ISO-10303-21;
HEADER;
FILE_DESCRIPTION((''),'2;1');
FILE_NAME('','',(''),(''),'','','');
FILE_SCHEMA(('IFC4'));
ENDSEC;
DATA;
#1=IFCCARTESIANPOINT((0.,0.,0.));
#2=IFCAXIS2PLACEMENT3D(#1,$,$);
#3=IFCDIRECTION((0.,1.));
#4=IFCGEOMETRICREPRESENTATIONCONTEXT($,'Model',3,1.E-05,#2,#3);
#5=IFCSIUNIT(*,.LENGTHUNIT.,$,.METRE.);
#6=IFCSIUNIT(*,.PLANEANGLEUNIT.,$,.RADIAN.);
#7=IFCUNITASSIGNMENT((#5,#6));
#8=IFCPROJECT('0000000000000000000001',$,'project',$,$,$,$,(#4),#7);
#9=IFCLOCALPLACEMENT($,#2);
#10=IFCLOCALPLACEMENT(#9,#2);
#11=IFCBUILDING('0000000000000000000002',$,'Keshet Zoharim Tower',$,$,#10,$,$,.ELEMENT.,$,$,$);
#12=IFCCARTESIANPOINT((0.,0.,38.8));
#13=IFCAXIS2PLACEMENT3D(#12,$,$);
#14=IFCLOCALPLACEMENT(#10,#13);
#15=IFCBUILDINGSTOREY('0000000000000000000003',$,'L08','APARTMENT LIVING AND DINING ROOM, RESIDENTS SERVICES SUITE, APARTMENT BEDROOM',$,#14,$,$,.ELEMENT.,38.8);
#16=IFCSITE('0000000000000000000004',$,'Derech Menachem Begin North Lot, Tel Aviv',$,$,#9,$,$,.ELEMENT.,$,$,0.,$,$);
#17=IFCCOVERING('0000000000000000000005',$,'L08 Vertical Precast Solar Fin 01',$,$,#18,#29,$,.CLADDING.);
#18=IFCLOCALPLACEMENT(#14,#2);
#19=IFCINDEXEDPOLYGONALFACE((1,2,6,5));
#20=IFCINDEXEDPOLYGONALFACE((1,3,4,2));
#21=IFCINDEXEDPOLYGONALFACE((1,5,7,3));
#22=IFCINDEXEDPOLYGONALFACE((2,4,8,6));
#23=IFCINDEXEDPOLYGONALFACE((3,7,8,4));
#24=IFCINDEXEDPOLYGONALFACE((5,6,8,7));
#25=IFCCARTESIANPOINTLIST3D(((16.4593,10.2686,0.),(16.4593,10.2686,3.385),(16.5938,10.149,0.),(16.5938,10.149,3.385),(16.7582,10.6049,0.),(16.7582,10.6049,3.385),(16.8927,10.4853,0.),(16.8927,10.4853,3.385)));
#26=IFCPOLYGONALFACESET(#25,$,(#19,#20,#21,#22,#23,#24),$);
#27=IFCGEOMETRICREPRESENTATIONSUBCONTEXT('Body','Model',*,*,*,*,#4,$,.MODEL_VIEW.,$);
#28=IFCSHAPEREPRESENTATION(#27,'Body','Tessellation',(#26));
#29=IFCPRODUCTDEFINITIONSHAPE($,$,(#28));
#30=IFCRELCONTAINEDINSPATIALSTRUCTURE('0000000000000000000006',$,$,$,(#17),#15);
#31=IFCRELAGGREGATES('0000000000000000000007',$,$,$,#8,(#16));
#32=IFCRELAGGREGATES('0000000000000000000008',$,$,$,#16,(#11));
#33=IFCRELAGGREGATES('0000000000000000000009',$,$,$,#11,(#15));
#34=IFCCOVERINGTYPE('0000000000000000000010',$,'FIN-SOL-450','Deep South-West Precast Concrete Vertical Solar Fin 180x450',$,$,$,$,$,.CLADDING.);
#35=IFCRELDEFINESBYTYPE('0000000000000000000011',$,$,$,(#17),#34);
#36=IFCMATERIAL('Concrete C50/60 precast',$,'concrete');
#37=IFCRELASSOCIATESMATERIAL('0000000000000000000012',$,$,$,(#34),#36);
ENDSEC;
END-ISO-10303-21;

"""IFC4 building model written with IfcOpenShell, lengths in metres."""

from ifc_helpers import new_model, si_unit, direction, frame, origin, origin_2d, place, context, subcontext, project, spatial, rectangle, extrude, material, type_object, element, save


model = new_model("IFC4")

# Units and contexts
model_context = context("Model", 3, precision=1e-05, world=origin(), true_north=direction((0.0, 1.0)))
body_context = subcontext(model_context, "Body", "Model", "MODEL_VIEW")
ifc_project = project(units=[si_unit("LENGTHUNIT", "METRE"), si_unit("PLANEANGLEUNIT", "RADIAN")], contexts=[model_context])

# Site, building, storey
site_placement = place(None, origin())
site = spatial("IfcSite", under=ifc_project, at=site_placement, Name="Derech Menachem Begin North Lot, Tel Aviv", CompositionType="ELEMENT", RefElevation=0.0)
building_placement = place(site_placement, origin())
building = spatial("IfcBuilding", under=site, at=building_placement, Name="Keshet Zoharim Tower", CompositionType="ELEMENT")
storey_placement = place(building_placement, frame((0.0, 0.0, 38.8)))
storey = spatial("IfcBuildingStorey", under=building, at=storey_placement, Name="L08", Description="APARTMENT LIVING AND DINING ROOM, RESIDENTS SERVICES SUITE, APARTMENT BEDROOM", CompositionType="ELEMENT", Elevation=38.8)

# Covering
ifc_material_1 = material(Name="Concrete C50/60 precast", Category="concrete")
covering_type = type_object("IfcCoveringType", Name="FIN-SOL-450", Description="Deep South-West Precast Concrete Vertical Solar Fin 180x450", PredefinedType="CLADDING", material=ifc_material_1)
covering_placement = place(storey_placement, frame((16.676, 10.377, 0.0), z_axis=(0.0, 0.0, 1.0), x_axis=(-0.747409, 0.664364, 0.0)))
element("IfcCovering", 1, at=covering_placement, inside=storey, type_object=covering_type, Name="L08 Vertical Precast Solar Fin 01", PredefinedType="CLADDING", context=body_context, shape_type="SweptSolid", body=[
    extrude(rectangle(XDim=0.1799, YDim=0.45, at=origin_2d()), origin(), (0.0, 0.0, 1.0), 3.385),
])

save(model, "model.ifc")
